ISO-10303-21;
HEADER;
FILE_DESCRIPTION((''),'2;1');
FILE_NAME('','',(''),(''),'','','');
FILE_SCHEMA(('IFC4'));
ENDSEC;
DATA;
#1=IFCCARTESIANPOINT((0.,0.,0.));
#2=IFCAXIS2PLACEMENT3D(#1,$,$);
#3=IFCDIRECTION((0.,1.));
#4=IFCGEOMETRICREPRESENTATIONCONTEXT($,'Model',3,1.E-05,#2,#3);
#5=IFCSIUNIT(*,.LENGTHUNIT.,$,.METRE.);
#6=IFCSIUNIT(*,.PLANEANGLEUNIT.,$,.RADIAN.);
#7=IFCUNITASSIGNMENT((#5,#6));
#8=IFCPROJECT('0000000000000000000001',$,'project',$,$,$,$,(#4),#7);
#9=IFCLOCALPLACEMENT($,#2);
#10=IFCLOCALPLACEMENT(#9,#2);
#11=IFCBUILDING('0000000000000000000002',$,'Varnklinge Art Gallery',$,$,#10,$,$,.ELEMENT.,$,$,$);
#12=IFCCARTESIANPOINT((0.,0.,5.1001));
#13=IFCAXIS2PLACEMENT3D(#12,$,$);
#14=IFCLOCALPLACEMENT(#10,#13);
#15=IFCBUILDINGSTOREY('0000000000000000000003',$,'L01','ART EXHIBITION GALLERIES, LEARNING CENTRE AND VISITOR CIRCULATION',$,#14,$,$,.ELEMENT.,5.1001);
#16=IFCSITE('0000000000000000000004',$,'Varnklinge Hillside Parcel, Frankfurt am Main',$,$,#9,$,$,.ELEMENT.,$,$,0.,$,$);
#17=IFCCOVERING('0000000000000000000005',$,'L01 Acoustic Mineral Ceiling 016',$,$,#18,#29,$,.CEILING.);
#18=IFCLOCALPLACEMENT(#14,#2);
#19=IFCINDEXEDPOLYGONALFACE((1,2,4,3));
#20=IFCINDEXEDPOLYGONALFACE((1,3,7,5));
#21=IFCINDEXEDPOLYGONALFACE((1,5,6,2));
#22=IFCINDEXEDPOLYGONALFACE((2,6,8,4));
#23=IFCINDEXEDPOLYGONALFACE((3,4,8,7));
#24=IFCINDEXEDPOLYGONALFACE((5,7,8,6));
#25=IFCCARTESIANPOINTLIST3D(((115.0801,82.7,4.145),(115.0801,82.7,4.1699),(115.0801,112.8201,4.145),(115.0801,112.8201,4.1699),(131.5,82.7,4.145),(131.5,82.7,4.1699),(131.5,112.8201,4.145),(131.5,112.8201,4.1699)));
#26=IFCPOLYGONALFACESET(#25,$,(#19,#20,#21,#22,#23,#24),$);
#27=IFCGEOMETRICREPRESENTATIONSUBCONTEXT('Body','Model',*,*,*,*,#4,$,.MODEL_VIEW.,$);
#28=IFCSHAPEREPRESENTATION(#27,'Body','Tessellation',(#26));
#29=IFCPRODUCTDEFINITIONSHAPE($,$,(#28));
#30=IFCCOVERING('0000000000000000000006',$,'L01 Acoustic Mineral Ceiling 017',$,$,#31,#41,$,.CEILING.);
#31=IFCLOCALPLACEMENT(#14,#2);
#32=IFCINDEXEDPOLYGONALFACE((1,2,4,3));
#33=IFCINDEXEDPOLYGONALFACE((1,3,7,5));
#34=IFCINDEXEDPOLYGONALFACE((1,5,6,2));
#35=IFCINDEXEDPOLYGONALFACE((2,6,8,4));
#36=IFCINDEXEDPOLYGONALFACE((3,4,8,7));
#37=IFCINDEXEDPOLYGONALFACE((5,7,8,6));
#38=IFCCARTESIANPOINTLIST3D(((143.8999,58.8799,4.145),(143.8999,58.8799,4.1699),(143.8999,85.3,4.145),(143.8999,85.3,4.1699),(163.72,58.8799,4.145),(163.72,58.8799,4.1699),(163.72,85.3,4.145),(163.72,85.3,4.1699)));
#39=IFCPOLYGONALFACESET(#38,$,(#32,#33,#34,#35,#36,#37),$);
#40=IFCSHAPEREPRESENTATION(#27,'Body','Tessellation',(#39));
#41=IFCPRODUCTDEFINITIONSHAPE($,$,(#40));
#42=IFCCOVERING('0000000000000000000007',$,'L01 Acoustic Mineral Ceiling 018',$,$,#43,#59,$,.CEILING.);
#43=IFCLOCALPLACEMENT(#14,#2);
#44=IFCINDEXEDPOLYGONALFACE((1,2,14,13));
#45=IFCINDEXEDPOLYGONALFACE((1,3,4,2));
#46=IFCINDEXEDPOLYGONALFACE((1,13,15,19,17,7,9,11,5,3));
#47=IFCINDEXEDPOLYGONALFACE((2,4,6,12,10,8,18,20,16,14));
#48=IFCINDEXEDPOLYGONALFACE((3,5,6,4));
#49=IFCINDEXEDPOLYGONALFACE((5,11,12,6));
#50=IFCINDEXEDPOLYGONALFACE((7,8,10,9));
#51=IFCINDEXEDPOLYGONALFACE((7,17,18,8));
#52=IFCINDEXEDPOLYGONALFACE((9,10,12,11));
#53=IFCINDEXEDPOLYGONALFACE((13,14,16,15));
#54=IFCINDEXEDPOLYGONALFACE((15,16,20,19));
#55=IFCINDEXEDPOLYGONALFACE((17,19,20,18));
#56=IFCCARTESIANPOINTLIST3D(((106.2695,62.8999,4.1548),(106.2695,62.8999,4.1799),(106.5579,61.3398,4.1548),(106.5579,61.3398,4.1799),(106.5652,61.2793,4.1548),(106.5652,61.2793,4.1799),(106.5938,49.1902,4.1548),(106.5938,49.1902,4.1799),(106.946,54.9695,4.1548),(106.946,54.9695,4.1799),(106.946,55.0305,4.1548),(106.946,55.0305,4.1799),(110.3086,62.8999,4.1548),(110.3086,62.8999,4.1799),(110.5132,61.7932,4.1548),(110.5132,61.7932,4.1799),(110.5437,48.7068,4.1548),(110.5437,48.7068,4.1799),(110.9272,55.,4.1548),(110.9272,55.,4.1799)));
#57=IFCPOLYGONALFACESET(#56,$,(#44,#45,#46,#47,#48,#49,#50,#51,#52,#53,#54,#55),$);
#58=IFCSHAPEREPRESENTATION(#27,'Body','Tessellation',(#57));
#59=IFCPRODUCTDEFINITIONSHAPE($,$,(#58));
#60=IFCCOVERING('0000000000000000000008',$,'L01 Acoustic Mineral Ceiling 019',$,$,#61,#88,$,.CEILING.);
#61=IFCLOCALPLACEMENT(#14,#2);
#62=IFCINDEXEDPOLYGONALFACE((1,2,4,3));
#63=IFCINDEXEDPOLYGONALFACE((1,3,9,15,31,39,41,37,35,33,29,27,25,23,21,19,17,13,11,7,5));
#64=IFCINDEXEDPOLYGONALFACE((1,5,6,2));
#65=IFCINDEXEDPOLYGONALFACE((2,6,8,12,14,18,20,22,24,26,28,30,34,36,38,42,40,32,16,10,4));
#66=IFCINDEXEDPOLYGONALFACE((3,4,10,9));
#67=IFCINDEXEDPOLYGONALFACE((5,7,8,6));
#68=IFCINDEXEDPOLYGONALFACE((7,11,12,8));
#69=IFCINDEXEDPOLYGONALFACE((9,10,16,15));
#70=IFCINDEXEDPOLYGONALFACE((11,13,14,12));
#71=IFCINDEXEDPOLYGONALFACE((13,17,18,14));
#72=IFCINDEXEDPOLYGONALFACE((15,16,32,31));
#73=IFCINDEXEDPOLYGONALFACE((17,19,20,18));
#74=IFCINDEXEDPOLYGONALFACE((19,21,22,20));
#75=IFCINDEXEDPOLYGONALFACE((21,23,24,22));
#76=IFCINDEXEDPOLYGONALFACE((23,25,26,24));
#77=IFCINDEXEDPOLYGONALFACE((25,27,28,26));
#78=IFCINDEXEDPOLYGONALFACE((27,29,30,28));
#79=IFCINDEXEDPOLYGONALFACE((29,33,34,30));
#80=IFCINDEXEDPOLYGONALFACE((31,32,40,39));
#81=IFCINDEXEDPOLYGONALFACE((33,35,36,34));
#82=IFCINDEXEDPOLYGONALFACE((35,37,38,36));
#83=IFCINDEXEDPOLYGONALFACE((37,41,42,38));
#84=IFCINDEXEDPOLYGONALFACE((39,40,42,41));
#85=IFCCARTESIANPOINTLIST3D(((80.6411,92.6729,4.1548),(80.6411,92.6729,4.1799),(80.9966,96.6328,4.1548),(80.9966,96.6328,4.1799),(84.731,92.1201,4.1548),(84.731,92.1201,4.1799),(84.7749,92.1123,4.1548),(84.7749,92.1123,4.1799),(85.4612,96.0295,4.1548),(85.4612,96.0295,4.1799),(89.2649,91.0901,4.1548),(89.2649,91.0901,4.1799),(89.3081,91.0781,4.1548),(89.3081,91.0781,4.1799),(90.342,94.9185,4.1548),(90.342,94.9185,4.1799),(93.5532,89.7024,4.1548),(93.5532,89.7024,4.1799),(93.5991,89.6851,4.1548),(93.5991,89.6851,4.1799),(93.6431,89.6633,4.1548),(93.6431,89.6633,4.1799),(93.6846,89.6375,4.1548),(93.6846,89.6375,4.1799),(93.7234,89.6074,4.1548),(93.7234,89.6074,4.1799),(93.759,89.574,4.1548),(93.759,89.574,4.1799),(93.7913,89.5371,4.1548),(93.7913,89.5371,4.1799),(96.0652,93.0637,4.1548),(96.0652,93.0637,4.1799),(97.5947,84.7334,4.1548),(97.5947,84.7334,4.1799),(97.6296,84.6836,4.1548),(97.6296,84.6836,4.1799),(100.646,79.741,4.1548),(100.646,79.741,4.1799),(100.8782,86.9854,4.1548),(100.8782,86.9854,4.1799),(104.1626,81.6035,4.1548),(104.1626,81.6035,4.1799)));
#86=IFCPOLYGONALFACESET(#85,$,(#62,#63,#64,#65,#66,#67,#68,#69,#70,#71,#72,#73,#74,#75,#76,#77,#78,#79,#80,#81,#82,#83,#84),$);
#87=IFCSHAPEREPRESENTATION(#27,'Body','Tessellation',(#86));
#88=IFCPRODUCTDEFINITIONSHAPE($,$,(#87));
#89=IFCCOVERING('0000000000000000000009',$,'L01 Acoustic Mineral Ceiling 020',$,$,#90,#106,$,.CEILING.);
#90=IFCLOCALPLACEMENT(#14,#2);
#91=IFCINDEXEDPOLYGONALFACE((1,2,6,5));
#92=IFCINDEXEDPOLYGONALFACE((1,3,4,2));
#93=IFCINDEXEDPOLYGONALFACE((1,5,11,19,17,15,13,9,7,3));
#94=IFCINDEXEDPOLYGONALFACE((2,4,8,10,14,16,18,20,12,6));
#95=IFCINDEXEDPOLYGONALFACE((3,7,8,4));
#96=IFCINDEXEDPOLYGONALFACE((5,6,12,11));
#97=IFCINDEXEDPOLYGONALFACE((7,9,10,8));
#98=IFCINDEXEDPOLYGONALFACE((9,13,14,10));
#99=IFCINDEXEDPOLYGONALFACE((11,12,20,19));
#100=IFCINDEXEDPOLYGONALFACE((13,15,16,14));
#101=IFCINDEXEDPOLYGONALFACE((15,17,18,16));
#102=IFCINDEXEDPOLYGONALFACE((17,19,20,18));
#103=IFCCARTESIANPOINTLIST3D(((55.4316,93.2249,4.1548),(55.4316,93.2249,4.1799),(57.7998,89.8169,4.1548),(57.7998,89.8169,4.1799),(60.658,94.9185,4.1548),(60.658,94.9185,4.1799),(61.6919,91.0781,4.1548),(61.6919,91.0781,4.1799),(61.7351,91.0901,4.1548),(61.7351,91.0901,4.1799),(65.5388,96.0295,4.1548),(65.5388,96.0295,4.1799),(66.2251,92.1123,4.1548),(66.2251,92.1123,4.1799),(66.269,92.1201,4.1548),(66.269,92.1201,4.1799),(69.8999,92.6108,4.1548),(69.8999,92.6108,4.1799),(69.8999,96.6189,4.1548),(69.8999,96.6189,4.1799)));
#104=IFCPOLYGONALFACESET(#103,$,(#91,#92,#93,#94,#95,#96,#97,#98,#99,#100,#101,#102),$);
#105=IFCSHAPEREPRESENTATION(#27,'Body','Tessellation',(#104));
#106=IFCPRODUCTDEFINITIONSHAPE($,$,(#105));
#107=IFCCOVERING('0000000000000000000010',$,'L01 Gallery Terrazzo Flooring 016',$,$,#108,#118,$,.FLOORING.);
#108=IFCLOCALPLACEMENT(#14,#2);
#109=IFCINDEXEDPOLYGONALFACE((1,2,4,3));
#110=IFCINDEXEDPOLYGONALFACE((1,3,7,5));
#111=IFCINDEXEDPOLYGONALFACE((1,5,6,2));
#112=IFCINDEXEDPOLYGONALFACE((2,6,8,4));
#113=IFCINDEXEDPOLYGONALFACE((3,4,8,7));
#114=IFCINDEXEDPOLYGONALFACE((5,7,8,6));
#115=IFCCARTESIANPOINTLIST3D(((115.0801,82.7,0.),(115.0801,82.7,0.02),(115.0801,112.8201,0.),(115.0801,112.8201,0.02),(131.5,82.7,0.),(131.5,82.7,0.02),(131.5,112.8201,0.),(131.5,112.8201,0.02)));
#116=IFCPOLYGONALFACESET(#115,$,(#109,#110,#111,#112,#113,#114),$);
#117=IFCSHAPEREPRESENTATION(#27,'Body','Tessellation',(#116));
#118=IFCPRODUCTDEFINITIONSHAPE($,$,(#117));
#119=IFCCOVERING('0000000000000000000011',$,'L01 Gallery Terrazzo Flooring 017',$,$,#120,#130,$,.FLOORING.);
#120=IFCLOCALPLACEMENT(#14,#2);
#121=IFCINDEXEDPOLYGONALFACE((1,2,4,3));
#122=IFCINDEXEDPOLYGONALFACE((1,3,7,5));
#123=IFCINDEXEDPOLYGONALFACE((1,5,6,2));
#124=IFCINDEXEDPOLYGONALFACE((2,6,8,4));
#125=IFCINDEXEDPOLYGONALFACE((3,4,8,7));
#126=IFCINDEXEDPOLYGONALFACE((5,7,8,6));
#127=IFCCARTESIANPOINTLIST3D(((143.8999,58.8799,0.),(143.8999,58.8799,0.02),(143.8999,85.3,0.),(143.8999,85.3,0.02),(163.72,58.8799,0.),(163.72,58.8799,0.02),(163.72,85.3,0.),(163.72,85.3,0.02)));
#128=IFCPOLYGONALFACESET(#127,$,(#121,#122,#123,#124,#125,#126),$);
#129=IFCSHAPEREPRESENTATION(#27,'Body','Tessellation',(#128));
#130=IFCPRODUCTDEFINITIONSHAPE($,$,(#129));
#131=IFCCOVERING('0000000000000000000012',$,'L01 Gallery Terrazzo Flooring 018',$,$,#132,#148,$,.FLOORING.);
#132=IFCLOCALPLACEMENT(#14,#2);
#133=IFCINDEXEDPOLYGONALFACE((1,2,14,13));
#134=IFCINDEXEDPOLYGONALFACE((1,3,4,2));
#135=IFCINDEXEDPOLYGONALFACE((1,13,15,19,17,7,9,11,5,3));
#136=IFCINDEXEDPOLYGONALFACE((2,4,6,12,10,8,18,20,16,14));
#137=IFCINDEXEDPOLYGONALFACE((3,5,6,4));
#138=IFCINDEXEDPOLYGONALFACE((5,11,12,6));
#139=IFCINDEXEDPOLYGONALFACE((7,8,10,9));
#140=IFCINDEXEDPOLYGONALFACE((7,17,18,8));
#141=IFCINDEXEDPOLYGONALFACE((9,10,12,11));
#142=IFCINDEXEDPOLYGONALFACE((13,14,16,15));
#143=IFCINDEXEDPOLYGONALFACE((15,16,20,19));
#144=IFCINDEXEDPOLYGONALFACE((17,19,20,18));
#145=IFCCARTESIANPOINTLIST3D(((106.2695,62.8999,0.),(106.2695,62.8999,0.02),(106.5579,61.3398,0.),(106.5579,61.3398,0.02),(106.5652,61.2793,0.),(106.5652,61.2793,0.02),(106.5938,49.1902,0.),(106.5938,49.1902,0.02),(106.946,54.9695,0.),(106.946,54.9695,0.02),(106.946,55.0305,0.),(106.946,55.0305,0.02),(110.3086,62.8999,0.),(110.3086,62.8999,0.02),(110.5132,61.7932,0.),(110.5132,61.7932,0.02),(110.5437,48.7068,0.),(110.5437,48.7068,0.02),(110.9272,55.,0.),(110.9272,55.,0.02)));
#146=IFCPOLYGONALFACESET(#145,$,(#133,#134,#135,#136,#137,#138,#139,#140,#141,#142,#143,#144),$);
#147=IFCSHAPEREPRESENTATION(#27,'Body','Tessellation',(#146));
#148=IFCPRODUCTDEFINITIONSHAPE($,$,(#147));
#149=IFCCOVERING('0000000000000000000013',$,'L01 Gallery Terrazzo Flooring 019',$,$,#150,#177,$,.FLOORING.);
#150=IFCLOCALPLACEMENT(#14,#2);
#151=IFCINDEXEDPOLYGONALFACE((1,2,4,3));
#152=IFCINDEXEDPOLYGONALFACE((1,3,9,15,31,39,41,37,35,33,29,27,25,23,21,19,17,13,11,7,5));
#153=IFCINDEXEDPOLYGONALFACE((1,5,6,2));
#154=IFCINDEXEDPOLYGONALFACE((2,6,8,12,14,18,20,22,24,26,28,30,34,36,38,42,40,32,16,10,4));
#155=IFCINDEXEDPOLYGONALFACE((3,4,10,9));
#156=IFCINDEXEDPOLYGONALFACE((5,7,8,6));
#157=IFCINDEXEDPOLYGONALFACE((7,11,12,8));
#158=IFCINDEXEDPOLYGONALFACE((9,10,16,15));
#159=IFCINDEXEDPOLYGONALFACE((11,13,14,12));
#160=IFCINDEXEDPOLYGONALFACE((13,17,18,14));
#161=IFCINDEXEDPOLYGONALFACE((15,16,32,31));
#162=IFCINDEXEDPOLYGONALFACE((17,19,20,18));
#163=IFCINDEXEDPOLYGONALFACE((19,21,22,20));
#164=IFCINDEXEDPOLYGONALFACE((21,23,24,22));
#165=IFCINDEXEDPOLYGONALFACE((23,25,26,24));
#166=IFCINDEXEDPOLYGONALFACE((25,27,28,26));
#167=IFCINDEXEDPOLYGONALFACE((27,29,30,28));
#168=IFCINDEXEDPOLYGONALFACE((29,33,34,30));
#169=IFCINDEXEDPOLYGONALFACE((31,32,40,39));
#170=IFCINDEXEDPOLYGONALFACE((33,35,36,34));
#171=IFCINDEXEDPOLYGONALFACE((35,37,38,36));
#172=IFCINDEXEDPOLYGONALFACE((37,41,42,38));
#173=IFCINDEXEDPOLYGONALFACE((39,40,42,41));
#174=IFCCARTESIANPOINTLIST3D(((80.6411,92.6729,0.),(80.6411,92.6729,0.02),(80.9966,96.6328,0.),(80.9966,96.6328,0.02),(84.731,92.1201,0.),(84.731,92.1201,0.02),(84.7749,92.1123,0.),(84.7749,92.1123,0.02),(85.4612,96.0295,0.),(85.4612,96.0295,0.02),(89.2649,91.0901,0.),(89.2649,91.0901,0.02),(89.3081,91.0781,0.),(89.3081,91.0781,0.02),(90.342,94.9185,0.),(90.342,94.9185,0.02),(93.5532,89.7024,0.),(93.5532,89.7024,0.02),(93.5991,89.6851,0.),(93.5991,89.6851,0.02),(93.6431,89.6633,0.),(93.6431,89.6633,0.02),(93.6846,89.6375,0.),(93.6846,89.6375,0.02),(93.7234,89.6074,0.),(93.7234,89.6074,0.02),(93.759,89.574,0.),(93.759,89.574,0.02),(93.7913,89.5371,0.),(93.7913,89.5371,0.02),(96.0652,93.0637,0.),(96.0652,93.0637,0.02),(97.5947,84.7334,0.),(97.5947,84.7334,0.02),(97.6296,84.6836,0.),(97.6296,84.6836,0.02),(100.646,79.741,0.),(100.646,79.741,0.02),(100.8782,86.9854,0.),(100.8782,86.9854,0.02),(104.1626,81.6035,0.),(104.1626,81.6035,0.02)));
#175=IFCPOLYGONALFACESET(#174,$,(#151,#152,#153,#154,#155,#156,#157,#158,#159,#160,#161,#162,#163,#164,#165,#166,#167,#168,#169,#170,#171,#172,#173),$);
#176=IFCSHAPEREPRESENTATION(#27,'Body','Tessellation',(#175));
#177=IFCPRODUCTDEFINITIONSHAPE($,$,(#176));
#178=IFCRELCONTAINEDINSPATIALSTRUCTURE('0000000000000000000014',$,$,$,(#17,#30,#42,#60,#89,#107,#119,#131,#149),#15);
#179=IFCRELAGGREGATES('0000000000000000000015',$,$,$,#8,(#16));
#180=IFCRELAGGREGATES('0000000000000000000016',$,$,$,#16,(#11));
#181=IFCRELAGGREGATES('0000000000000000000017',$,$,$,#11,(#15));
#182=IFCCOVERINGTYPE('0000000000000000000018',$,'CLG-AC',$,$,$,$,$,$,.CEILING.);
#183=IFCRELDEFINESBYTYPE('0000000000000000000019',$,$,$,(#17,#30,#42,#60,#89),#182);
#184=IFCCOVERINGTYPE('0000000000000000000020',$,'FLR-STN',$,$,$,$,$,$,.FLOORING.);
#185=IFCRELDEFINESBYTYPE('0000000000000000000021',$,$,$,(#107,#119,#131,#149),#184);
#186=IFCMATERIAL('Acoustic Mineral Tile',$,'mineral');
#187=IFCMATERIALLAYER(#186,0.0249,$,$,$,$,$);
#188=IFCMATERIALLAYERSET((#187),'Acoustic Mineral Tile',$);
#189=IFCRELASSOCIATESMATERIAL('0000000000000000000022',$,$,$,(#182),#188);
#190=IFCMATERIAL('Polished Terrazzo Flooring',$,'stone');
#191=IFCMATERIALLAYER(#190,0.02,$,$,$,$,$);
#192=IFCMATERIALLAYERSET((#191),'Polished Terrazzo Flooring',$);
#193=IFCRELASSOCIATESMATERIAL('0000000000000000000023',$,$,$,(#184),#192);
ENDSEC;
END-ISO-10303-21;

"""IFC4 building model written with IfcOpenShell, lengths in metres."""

from ifc_helpers import new_model, si_unit, direction, frame, origin, place, context, subcontext, project, spatial, polyline, outline, extrude, material, layer, layer_set, type_object, element, save


model = new_model("IFC4")

# Units and contexts
model_context = context("Model", 3, precision=1e-05, world=origin(), true_north=direction((0.0, 1.0)))
body_context = subcontext(model_context, "Body", "Model", "MODEL_VIEW")
ifc_project = project(units=[si_unit("LENGTHUNIT", "METRE"), si_unit("PLANEANGLEUNIT", "RADIAN")], contexts=[model_context])

# Site, building, storey
site_placement = place(None, origin())
site = spatial("IfcSite", under=ifc_project, at=site_placement, Name="Varnklinge Hillside Parcel, Frankfurt am Main", CompositionType="ELEMENT", RefElevation=0.0)
building_placement = place(site_placement, origin())
building = spatial("IfcBuilding", under=site, at=building_placement, Name="Varnklinge Art Gallery", CompositionType="ELEMENT")
storey_placement = place(building_placement, frame((0.0, 0.0, 5.1001)))
storey = spatial("IfcBuildingStorey", under=building, at=storey_placement, Name="L01", Description="ART EXHIBITION GALLERIES, LEARNING CENTRE AND VISITOR CIRCULATION", CompositionType="ELEMENT", Elevation=5.1001)

# Coverings
ifc_material_1 = material(Name="Acoustic Mineral Tile", Category="mineral")
ifc_layer_1 = layer(ifc_material_1, 0.0249)
ifc_layer_set_1 = layer_set([ifc_layer_1], Name="Acoustic Mineral Tile")
covering_type_1 = type_object("IfcCoveringType", Name="CLG-AC", PredefinedType="CEILING", material=ifc_layer_set_1)
covering_1_placement = place(storey_placement, frame((0.0, 0.0, 4.145)))
element("IfcCovering", 1, at=covering_1_placement, inside=storey, type_object=covering_type_1, Name="L01 Acoustic Mineral Ceiling 016", PredefinedType="CEILING", context=body_context, shape_type="SweptSolid", body=[
    extrude(outline(polyline([(131.5, 82.7), (131.5, 112.8201), (115.0801, 112.8201), (115.0801, 82.7), (131.5, 82.7)])), origin(), (0.0, 0.0, 1.0), 0.0249),
])
covering_2_placement = place(storey_placement, frame((0.0, 0.0, 4.145)))
element("IfcCovering", 2, at=covering_2_placement, inside=storey, type_object=covering_type_1, Name="L01 Acoustic Mineral Ceiling 017", PredefinedType="CEILING", context=body_context, shape_type="SweptSolid", body=[
    extrude(outline(polyline([(163.72, 58.8799), (163.72, 85.3), (143.8999, 85.3), (143.8999, 58.8799), (163.72, 58.8799)])), origin(), (0.0, 0.0, 1.0), 0.0249),
])
covering_3_placement = place(storey_placement, frame((0.0, 0.0, 4.1548)))
element("IfcCovering", 3, at=covering_3_placement, inside=storey, type_object=covering_type_1, Name="L01 Acoustic Mineral Ceiling 018", PredefinedType="CEILING", context=body_context, shape_type="SweptSolid", body=[
    extrude(outline(polyline([(110.5437, 48.7068), (110.9272, 55.0), (110.5132, 61.7932), (110.3086, 62.8999), (106.2695, 62.8999), (106.5579, 61.3398), (106.5652, 61.2793), (106.946, 55.0305), (106.946, 54.9695), (106.5938, 49.1902), (110.5437, 48.7068)])), origin(), (0.0, 0.0, 1.0), 0.0251),
])
covering_4_placement = place(storey_placement, frame((0.0, 0.0, 4.1548)))
element("IfcCovering", 4, at=covering_4_placement, inside=storey, type_object=covering_type_1, Name="L01 Acoustic Mineral Ceiling 019", PredefinedType="CEILING", context=body_context, shape_type="SweptSolid", body=[
    extrude(outline(polyline([(100.646, 79.741), (104.1626, 81.6035), (100.8782, 86.9854), (96.0652, 93.0637), (90.342, 94.9185), (85.4612, 96.0295), (80.9966, 96.6328), (80.6411, 92.6729), (84.731, 92.1201), (84.7749, 92.1123), (89.2649, 91.0901), (89.3081, 91.0781), (93.5532, 89.7024), (93.5991, 89.6851), (93.6431, 89.6633), (93.6846, 89.6375), (93.7234, 89.6074), (93.759, 89.574), (93.7913, 89.5371), (97.5947, 84.7334), (97.6296, 84.6836), (100.646, 79.741)])), origin(), (0.0, 0.0, 1.0), 0.0251),
])
covering_5_placement = place(storey_placement, frame((0.0, 0.0, 4.1548)))
element("IfcCovering", 5, at=covering_5_placement, inside=storey, type_object=covering_type_1, Name="L01 Acoustic Mineral Ceiling 020", PredefinedType="CEILING", context=body_context, shape_type="SweptSolid", body=[
    extrude(outline(polyline([(55.4316, 93.2249), (57.7998, 89.8169), (61.6919, 91.0781), (61.7351, 91.0901), (66.2251, 92.1123), (66.269, 92.1201), (69.8999, 92.6108), (69.8999, 96.6189), (65.5388, 96.0295), (60.658, 94.9185), (55.4316, 93.2249)])), origin(), (0.0, 0.0, 1.0), 0.0251),
])
ifc_material_2 = material(Name="Polished Terrazzo Flooring", Category="stone")
ifc_layer_2 = layer(ifc_material_2, 0.02)
ifc_layer_set_2 = layer_set([ifc_layer_2], Name="Polished Terrazzo Flooring")
covering_type_2 = type_object("IfcCoveringType", Name="FLR-STN", PredefinedType="FLOORING", material=ifc_layer_set_2)
covering_6_placement = place(storey_placement, origin())
element("IfcCovering", 6, at=covering_6_placement, inside=storey, type_object=covering_type_2, Name="L01 Gallery Terrazzo Flooring 016", PredefinedType="FLOORING", context=body_context, shape_type="SweptSolid", body=[
    extrude(outline(polyline([(131.5, 82.7), (131.5, 112.8201), (115.0801, 112.8201), (115.0801, 82.7), (131.5, 82.7)])), origin(), (0.0, 0.0, 1.0), 0.02),
])
covering_7_placement = place(storey_placement, origin())
element("IfcCovering", 7, at=covering_7_placement, inside=storey, type_object=covering_type_2, Name="L01 Gallery Terrazzo Flooring 017", PredefinedType="FLOORING", context=body_context, shape_type="SweptSolid", body=[
    extrude(outline(polyline([(163.72, 58.8799), (163.72, 85.3), (143.8999, 85.3), (143.8999, 58.8799), (163.72, 58.8799)])), origin(), (0.0, 0.0, 1.0), 0.02),
])
covering_8_placement = place(storey_placement, origin())
element("IfcCovering", 8, at=covering_8_placement, inside=storey, type_object=covering_type_2, Name="L01 Gallery Terrazzo Flooring 018", PredefinedType="FLOORING", context=body_context, shape_type="SweptSolid", body=[
    extrude(outline(polyline([(110.5437, 48.7068), (110.9272, 55.0), (110.5132, 61.7932), (110.3086, 62.8999), (106.2695, 62.8999), (106.5579, 61.3398), (106.5652, 61.2793), (106.946, 55.0305), (106.946, 54.9695), (106.5938, 49.1902), (110.5437, 48.7068)])), origin(), (0.0, 0.0, 1.0), 0.02),
])
covering_9_placement = place(storey_placement, origin())
element("IfcCovering", 9, at=covering_9_placement, inside=storey, type_object=covering_type_2, Name="L01 Gallery Terrazzo Flooring 019", PredefinedType="FLOORING", context=body_context, shape_type="SweptSolid", body=[
    extrude(outline(polyline([(100.646, 79.741), (104.1626, 81.6035), (100.8782, 86.9854), (96.0652, 93.0637), (90.342, 94.9185), (85.4612, 96.0295), (80.9966, 96.6328), (80.6411, 92.6729), (84.731, 92.1201), (84.7749, 92.1123), (89.2649, 91.0901), (89.3081, 91.0781), (93.5532, 89.7024), (93.5991, 89.6851), (93.6431, 89.6633), (93.6846, 89.6375), (93.7234, 89.6074), (93.759, 89.574), (93.7913, 89.5371), (97.5947, 84.7334), (97.6296, 84.6836), (100.646, 79.741)])), origin(), (0.0, 0.0, 1.0), 0.02),
])

save(model, "model.ifc")
